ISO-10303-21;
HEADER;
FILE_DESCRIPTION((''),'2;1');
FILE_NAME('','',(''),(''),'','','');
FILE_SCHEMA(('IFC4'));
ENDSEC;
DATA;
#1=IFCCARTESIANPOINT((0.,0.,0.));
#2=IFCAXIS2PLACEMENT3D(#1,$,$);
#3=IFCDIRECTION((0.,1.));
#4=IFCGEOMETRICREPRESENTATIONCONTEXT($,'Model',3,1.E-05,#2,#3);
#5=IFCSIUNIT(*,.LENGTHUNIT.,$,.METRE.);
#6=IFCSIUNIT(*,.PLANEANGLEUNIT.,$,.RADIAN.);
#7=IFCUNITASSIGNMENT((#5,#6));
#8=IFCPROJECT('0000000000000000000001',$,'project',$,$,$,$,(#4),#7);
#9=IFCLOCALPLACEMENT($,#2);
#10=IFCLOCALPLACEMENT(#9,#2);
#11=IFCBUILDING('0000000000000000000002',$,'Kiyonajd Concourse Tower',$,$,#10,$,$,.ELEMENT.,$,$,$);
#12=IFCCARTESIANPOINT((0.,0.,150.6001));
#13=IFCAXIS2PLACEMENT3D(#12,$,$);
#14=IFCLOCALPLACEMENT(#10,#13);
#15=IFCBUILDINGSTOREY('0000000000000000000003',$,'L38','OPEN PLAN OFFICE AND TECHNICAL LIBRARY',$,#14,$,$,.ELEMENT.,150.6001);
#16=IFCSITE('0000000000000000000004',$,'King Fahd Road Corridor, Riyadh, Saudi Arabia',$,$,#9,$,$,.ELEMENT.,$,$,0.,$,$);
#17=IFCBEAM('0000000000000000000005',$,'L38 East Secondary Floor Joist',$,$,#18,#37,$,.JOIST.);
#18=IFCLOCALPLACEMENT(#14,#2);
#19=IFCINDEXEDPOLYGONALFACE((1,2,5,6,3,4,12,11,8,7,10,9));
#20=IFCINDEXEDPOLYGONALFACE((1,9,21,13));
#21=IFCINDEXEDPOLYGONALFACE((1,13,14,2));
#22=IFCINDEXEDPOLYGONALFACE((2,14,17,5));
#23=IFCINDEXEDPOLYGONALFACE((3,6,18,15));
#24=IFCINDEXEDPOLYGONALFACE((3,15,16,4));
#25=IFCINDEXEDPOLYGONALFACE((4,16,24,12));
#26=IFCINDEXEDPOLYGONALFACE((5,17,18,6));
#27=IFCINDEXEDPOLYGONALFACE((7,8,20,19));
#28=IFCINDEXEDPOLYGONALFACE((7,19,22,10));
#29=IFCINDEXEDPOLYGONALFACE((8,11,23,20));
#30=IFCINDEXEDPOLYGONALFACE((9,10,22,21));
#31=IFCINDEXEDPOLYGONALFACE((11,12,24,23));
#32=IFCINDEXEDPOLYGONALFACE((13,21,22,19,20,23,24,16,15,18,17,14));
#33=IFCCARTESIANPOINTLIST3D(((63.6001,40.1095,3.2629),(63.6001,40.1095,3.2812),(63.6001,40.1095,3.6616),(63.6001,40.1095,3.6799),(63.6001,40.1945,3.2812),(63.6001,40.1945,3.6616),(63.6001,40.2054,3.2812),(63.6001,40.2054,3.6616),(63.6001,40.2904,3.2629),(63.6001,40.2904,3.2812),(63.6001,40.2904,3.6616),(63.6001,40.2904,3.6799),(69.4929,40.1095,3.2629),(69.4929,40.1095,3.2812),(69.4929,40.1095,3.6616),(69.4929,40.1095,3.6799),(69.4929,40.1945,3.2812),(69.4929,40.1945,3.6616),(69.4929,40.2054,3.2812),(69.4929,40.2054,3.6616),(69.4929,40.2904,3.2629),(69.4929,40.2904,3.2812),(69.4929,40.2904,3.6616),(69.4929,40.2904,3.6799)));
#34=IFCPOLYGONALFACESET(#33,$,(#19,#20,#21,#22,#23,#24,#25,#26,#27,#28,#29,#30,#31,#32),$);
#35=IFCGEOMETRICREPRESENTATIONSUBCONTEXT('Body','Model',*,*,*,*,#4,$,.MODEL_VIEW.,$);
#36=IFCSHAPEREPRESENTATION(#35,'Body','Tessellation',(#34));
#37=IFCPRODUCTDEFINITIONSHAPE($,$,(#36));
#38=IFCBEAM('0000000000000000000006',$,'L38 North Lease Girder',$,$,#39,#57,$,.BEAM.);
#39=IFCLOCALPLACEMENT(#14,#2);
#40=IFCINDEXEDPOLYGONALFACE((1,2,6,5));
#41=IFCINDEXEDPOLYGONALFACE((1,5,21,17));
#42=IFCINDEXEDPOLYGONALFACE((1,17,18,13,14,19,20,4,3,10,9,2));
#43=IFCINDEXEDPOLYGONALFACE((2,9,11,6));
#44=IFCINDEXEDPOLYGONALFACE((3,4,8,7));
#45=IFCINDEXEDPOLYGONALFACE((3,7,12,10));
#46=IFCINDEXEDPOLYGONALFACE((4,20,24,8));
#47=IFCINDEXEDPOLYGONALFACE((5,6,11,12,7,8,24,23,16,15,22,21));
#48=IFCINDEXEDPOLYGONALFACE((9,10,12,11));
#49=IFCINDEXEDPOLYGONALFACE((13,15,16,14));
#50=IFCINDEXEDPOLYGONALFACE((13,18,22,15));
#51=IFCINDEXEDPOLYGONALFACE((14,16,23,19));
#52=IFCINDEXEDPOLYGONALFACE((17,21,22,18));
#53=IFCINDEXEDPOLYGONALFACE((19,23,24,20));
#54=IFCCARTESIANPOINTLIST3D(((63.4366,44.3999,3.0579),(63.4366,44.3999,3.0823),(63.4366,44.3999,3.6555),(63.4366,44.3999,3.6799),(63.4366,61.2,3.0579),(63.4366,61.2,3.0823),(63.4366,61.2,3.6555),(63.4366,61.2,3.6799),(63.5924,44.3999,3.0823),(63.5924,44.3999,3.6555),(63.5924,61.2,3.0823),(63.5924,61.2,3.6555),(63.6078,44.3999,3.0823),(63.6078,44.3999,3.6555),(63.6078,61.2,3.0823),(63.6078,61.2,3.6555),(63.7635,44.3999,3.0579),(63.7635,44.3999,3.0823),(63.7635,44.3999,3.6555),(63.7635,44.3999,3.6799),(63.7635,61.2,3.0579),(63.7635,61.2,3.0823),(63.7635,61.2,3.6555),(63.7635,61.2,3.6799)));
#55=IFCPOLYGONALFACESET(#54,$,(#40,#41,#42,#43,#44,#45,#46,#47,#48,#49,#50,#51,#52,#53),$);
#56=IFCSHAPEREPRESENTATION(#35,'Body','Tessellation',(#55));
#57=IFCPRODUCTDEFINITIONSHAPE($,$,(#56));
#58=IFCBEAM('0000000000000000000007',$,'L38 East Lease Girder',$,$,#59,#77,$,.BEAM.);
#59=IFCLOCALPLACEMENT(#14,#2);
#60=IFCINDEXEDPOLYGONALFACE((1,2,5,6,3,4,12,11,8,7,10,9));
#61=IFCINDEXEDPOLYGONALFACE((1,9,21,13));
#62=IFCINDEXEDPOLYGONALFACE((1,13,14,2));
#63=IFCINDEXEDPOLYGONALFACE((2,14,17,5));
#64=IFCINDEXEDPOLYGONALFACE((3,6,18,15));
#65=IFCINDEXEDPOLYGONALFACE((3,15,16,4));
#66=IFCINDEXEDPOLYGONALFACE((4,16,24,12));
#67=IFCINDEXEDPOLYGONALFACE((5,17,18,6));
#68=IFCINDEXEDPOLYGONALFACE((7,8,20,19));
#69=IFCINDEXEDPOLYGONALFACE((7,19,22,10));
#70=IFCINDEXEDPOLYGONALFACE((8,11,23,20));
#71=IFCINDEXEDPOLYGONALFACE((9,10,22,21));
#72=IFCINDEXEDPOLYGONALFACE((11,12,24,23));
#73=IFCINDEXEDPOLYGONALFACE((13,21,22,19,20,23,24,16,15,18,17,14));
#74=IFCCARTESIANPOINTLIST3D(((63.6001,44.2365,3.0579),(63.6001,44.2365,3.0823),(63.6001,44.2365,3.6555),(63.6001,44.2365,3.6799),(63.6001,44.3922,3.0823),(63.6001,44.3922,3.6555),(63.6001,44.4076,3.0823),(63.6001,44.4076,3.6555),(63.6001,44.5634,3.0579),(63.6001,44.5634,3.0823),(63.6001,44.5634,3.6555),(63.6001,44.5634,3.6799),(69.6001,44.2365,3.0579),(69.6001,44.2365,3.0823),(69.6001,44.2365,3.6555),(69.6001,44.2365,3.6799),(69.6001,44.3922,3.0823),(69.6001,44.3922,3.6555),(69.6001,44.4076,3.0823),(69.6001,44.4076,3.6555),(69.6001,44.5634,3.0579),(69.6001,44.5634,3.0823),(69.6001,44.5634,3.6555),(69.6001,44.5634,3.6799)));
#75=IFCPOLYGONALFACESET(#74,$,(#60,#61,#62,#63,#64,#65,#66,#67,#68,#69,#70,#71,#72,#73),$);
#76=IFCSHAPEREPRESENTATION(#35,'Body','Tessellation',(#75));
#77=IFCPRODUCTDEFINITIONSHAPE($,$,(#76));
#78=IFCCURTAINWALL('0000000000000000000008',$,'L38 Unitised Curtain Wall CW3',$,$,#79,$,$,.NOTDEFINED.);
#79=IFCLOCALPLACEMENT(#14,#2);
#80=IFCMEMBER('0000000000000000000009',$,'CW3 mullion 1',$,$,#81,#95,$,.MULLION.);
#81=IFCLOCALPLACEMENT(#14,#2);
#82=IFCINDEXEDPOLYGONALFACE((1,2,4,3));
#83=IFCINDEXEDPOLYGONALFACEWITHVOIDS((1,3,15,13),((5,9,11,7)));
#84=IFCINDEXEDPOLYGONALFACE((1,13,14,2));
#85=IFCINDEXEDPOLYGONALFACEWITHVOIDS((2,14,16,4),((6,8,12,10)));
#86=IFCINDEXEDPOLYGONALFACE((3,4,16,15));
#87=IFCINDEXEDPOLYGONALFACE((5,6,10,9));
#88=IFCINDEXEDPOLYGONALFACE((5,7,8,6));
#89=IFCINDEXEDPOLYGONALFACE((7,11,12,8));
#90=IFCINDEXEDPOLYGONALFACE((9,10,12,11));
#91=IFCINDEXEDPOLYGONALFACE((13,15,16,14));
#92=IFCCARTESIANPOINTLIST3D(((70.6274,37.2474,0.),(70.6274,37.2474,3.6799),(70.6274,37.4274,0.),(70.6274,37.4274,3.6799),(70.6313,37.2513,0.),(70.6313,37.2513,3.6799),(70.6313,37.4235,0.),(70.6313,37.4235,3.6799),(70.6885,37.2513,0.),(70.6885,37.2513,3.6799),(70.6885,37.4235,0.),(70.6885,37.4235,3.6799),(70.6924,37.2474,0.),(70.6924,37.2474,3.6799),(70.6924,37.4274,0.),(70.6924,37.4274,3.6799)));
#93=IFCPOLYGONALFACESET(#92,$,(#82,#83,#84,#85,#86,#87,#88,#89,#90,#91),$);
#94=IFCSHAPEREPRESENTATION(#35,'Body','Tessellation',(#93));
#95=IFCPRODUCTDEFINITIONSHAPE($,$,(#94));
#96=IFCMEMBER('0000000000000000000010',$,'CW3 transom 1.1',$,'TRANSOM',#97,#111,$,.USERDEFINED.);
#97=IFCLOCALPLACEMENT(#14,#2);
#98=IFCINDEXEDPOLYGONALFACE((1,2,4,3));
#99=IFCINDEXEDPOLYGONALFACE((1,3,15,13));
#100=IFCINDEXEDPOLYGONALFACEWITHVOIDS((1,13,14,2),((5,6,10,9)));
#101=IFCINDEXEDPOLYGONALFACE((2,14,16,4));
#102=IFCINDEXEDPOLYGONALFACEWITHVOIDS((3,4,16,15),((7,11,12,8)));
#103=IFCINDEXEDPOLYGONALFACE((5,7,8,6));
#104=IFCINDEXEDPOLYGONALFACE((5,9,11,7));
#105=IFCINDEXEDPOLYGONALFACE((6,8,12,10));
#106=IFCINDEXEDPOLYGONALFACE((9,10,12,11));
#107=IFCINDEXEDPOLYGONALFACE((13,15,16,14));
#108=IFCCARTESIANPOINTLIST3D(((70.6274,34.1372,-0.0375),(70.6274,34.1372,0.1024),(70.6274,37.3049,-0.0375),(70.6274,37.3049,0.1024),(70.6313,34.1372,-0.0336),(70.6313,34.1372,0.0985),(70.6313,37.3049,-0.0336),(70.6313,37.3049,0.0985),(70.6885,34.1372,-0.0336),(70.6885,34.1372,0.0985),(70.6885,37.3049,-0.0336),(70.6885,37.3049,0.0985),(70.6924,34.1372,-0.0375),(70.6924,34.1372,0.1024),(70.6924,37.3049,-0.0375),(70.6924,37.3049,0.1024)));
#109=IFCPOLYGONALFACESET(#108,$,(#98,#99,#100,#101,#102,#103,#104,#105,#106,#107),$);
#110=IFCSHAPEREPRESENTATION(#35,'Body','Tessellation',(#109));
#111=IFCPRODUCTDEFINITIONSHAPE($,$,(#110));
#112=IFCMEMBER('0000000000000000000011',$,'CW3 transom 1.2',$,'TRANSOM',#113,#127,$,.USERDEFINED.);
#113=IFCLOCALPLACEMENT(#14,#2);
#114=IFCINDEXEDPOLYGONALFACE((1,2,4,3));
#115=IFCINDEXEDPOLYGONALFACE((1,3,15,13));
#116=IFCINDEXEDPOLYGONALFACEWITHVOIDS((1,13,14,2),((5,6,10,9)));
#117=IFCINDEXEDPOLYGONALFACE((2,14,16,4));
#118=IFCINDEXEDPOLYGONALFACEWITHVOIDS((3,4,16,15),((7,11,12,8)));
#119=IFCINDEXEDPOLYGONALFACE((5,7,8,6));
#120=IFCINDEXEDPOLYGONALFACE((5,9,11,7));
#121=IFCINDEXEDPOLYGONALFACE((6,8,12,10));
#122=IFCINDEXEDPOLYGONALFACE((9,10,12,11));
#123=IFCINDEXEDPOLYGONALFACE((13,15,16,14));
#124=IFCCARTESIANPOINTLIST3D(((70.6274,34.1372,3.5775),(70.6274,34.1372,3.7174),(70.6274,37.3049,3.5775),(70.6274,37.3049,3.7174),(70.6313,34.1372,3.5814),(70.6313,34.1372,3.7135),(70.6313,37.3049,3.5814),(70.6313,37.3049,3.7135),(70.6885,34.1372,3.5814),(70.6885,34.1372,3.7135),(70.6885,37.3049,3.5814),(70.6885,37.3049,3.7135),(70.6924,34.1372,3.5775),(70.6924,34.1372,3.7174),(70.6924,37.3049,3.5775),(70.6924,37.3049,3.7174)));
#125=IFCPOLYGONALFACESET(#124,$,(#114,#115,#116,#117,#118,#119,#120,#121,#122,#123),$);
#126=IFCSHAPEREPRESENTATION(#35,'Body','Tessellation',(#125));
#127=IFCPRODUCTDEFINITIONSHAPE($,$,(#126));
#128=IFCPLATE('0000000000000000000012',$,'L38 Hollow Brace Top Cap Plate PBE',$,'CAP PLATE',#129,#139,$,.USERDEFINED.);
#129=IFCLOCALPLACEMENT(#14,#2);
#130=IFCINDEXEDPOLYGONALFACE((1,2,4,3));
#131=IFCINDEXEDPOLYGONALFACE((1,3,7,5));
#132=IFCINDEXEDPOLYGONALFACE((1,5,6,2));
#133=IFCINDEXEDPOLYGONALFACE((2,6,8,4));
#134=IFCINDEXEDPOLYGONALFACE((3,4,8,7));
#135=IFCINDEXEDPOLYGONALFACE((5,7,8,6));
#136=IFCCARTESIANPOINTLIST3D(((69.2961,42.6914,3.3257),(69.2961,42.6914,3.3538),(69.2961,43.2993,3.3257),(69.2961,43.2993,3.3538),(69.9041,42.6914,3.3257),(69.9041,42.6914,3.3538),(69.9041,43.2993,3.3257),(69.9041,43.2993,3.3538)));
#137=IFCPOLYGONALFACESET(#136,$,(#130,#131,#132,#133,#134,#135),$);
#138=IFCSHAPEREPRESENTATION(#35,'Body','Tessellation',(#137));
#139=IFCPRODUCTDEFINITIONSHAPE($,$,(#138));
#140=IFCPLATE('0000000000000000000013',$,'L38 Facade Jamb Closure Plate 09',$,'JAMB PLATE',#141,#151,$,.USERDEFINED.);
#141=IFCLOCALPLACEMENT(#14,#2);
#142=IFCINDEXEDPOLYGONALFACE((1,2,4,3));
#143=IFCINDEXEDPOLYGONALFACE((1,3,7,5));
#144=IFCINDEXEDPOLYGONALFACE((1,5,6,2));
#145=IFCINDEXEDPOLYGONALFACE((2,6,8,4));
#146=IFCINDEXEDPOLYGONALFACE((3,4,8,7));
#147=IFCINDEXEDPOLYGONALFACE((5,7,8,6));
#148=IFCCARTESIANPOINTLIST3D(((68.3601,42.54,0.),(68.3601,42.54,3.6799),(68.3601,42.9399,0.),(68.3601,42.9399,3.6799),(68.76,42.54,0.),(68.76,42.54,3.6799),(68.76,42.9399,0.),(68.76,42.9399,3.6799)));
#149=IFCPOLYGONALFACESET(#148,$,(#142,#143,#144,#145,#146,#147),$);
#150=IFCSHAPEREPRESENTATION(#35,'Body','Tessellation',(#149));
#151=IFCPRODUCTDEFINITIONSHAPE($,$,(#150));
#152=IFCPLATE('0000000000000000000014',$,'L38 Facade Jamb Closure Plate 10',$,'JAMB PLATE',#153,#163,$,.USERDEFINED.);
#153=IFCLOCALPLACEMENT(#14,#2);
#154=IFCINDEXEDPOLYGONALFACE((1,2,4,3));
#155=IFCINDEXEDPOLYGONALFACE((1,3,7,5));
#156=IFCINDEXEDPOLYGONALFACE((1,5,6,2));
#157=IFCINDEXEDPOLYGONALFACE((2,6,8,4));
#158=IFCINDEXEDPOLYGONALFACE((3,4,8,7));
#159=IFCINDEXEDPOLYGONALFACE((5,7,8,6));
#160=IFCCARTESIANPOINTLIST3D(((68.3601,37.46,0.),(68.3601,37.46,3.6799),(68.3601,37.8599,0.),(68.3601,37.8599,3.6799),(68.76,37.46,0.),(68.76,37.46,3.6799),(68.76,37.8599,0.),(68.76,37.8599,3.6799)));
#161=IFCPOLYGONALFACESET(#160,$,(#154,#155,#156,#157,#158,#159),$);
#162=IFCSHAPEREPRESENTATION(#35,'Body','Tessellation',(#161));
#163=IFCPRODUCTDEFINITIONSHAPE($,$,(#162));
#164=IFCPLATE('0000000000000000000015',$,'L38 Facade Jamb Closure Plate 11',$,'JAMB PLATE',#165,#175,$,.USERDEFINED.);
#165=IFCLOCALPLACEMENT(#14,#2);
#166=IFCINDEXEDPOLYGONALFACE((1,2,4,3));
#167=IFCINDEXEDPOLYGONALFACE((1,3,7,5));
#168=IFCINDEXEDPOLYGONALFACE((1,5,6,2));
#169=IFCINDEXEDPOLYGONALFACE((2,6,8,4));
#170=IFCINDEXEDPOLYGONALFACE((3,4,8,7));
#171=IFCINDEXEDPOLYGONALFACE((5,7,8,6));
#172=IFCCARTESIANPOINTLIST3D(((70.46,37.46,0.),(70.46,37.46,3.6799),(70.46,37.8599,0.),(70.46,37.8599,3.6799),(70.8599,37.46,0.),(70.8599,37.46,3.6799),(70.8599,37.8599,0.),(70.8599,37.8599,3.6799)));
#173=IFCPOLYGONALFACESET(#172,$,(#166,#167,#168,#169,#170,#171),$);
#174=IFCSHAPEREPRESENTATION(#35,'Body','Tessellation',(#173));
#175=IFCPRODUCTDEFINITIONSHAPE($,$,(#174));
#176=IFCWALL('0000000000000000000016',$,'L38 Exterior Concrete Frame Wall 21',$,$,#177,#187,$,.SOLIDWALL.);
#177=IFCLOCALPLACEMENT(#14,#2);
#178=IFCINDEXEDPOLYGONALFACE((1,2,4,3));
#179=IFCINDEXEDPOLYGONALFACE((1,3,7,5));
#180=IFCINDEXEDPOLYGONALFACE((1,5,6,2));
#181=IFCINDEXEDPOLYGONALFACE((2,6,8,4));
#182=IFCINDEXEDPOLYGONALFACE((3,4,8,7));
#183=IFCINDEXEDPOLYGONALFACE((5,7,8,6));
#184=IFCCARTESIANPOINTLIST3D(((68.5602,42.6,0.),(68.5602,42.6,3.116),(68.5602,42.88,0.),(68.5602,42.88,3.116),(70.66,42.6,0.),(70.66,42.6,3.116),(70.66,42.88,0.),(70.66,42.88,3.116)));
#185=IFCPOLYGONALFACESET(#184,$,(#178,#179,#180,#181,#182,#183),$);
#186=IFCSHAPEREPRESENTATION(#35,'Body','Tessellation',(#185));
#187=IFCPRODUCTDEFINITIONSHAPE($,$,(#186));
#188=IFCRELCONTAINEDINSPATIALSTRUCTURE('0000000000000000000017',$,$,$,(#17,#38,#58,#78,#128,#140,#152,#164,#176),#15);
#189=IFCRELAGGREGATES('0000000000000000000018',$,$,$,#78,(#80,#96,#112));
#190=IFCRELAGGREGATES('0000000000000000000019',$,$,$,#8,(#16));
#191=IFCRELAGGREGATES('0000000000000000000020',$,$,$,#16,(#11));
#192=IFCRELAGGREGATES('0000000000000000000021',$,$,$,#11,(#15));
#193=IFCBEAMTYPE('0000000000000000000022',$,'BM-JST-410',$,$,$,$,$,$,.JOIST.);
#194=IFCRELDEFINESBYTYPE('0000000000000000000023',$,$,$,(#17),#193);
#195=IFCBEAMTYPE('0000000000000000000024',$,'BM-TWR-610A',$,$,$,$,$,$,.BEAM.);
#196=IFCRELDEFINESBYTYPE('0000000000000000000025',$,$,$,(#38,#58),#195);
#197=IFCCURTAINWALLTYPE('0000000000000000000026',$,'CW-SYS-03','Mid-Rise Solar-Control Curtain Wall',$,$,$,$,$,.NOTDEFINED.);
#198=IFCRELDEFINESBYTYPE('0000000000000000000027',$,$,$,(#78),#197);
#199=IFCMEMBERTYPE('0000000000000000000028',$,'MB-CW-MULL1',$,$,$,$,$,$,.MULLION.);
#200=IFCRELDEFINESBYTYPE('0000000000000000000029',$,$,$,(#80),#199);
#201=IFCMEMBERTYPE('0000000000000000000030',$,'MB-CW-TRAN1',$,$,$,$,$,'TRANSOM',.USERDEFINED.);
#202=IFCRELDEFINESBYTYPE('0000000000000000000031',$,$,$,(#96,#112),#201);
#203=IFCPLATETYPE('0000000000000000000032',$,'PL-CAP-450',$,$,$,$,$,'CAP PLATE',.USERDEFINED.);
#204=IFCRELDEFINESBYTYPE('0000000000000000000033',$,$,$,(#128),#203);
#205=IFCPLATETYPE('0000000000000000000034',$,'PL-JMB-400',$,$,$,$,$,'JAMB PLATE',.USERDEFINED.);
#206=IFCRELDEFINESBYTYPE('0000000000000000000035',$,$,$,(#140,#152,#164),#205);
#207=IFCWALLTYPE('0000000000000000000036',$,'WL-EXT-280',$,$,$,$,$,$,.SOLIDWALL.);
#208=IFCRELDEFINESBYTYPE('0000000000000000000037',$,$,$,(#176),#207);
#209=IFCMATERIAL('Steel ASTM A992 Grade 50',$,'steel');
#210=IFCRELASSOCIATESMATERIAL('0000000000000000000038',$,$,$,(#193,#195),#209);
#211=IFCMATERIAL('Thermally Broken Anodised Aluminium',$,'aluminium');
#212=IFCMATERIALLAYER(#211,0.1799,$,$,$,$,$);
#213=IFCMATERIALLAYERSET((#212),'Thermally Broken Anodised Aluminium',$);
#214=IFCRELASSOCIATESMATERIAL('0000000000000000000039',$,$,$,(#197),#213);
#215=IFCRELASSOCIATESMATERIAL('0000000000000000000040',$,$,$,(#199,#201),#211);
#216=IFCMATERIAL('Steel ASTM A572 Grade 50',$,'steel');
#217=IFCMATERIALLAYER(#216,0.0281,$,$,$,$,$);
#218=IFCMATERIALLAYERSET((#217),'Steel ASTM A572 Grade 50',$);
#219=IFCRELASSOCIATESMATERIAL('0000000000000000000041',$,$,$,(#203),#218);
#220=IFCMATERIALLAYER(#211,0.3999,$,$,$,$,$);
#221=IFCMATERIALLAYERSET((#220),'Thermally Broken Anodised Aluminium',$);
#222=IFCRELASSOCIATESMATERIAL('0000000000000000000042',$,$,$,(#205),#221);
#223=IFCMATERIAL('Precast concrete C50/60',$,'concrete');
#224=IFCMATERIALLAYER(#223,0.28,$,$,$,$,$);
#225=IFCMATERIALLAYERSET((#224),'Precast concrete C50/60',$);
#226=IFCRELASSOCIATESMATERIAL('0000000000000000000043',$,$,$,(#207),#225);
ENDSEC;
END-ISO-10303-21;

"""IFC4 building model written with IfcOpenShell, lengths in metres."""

from ifc_helpers import new_model, si_unit, direction, frame, frame_2d, origin, origin_2d, place, context, subcontext, project, spatial, rectangle, hollow_rectangle, i_section, extrude, material, layer, layer_set, material_profile, profile_set, type_object, element, aggregate, save


model = new_model("IFC4")

# Units and contexts
model_context = context("Model", 3, precision=1e-05, world=origin(), true_north=direction((0.0, 1.0)))
body_context = subcontext(model_context, "Body", "Model", "MODEL_VIEW")
ifc_project = project(units=[si_unit("LENGTHUNIT", "METRE"), si_unit("PLANEANGLEUNIT", "RADIAN")], contexts=[model_context])

# Site, building, storey
site_placement = place(None, origin())
site = spatial("IfcSite", under=ifc_project, at=site_placement, Name="King Fahd Road Corridor, Riyadh, Saudi Arabia", CompositionType="ELEMENT", RefElevation=0.0)
building_placement = place(site_placement, origin())
building = spatial("IfcBuilding", under=site, at=building_placement, Name="Kiyonajd Concourse Tower", CompositionType="ELEMENT")
storey_placement = place(building_placement, frame((0.0, 0.0, 150.6001)))
storey = spatial("IfcBuildingStorey", under=building, at=storey_placement, Name="L38", Description="OPEN PLAN OFFICE AND TECHNICAL LIBRARY", CompositionType="ELEMENT", Elevation=150.6001)

# Beams
ifc_material_1 = material(Name="Steel ASTM A992 Grade 50", Category="steel")
ifc_material_profile_1 = material_profile(ifc_material_1, i_section(OverallWidth=0.1809, OverallDepth=0.417, WebThickness=0.011, FlangeThickness=0.0183, at=origin_2d()), Name="W410X85")
ifc_profile_set_1 = profile_set([ifc_material_profile_1], Name="Steel ASTM A992 Grade 50")
beam_type_1 = type_object("IfcBeamType", Name="BM-JST-410", PredefinedType="JOIST", material=ifc_profile_set_1)
beam_1_placement = place(storey_placement, frame((63.6001, 40.2, 3.4714), z_axis=(1.0, 0.0, 0.0), x_axis=(0.0, 1.0, 0.0)))
element("IfcBeam", 1, at=beam_1_placement, inside=storey, type_object=beam_type_1, Name="L38 East Secondary Floor Joist", PredefinedType="JOIST", context=body_context, shape_type="SweptSolid", body=[
    extrude(i_section(OverallWidth=0.1809, OverallDepth=0.417, WebThickness=0.011, FlangeThickness=0.0183, at=origin_2d()), origin(), (0.0, 0.0, 1.0), 5.8928),
])
ifc_material_profile_2 = material_profile(ifc_material_1, i_section(OverallWidth=0.3269, OverallDepth=0.6221, WebThickness=0.0154, FlangeThickness=0.0244, at=origin_2d()), Name="W610X195")
ifc_profile_set_2 = profile_set([ifc_material_profile_2], Name="Steel ASTM A992 Grade 50")
beam_type_2 = type_object("IfcBeamType", Name="BM-TWR-610A", PredefinedType="BEAM", material=ifc_profile_set_2)
beam_2_placement = place(storey_placement, frame((63.6001, 44.3999, 3.3689), z_axis=(0.0, 1.0, 0.0), x_axis=(-1.0, 0.0, 0.0)))
element("IfcBeam", 2, at=beam_2_placement, inside=storey, type_object=beam_type_2, Name="L38 North Lease Girder", PredefinedType="BEAM", context=body_context, shape_type="SweptSolid", body=[
    extrude(i_section(OverallWidth=0.3269, OverallDepth=0.6221, WebThickness=0.0154, FlangeThickness=0.0244, at=origin_2d()), origin(), (0.0, 0.0, 1.0), 16.8),
])
beam_3_placement = place(storey_placement, frame((63.6001, 44.3999, 3.3689), z_axis=(1.0, 0.0, 0.0), x_axis=(0.0, 1.0, 0.0)))
element("IfcBeam", 3, at=beam_3_placement, inside=storey, type_object=beam_type_2, Name="L38 East Lease Girder", PredefinedType="BEAM", context=body_context, shape_type="SweptSolid", body=[
    extrude(i_section(OverallWidth=0.3269, OverallDepth=0.6221, WebThickness=0.0154, FlangeThickness=0.0244, at=origin_2d()), origin(), (0.0, 0.0, 1.0), 6.0),
])

# Curtain wall, members
ifc_material_2 = material(Name="Thermally Broken Anodised Aluminium", Category="aluminium")
ifc_layer_1 = layer(ifc_material_2, 0.1799)
ifc_layer_set_1 = layer_set([ifc_layer_1], Name="Thermally Broken Anodised Aluminium")
curtain_wall_type = type_object("IfcCurtainWallType", Name="CW-SYS-03", Description="Mid-Rise Solar-Control Curtain Wall", PredefinedType="NOTDEFINED", material=ifc_layer_set_1)
curtain_wall_placement = place(storey_placement, origin())
curtain_wall = element("IfcCurtainWall", 4, at=curtain_wall_placement, inside=storey, type_object=curtain_wall_type, Name="L38 Unitised Curtain Wall CW3", PredefinedType="NOTDEFINED")
ifc_material_profile_3 = material_profile(ifc_material_2, hollow_rectangle(XDim=0.0649, YDim=0.1799, WallThickness=0.0039, at=origin_2d()), Name="MULL-65x180")
ifc_profile_set_3 = profile_set([ifc_material_profile_3], Name="Thermally Broken Anodised Aluminium")
member_type_1 = type_object("IfcMemberType", Name="MB-CW-MULL1", PredefinedType="MULLION", material=ifc_profile_set_3)
member_1_placement = place(storey_placement, frame((70.6599, 37.3374, 0.0), z_axis=(0.0, 0.0, 1.0), x_axis=(1.0, 0.0, 0.0)))
member_1 = element("IfcMember", 5, at=member_1_placement, type_object=member_type_1, Name="CW3 mullion 1", PredefinedType="MULLION", context=body_context, shape_type="SweptSolid", body=[
    extrude(hollow_rectangle(XDim=0.0649, YDim=0.1799, WallThickness=0.0039, at=origin_2d()), origin(), (0.0, 0.0, 1.0), 3.6799),
])
ifc_material_profile_4 = material_profile(ifc_material_2, hollow_rectangle(XDim=0.0649, YDim=0.1399, WallThickness=0.0039, at=origin_2d()), Name="TRAN-65x140")
ifc_profile_set_4 = profile_set([ifc_material_profile_4], Name="Thermally Broken Anodised Aluminium")
member_type_2 = type_object("IfcMemberType", Name="MB-CW-TRAN1", ElementType="TRANSOM", PredefinedType="USERDEFINED", material=ifc_profile_set_4)
member_2_placement = place(storey_placement, frame((70.6599, 37.3049, 0.0325), z_axis=(0.0, -1.0, 0.0), x_axis=(1.0, 0.0, 0.0)))
member_2 = element("IfcMember", 6, at=member_2_placement, type_object=member_type_2, Name="CW3 transom 1.1", ObjectType="TRANSOM", PredefinedType="USERDEFINED", context=body_context, shape_type="SweptSolid", body=[
    extrude(hollow_rectangle(XDim=0.0649, YDim=0.1399, WallThickness=0.0039, at=origin_2d()), origin(), (0.0, 0.0, 1.0), 3.1677),
])
member_3_placement = place(storey_placement, frame((70.6599, 37.3049, 3.6475), z_axis=(0.0, -1.0, 0.0), x_axis=(1.0, 0.0, 0.0)))
member_3 = element("IfcMember", 7, at=member_3_placement, type_object=member_type_2, Name="CW3 transom 1.2", ObjectType="TRANSOM", PredefinedType="USERDEFINED", context=body_context, shape_type="SweptSolid", body=[
    extrude(hollow_rectangle(XDim=0.0649, YDim=0.1399, WallThickness=0.0039, at=origin_2d()), origin(), (0.0, 0.0, 1.0), 3.1677),
])
aggregate(curtain_wall, [member_1, member_2, member_3])

# Plates
ifc_material_3 = material(Name="Steel ASTM A572 Grade 50", Category="steel")
ifc_layer_2 = layer(ifc_material_3, 0.0281)
ifc_layer_set_2 = layer_set([ifc_layer_2], Name="Steel ASTM A572 Grade 50")
plate_type_1 = type_object("IfcPlateType", Name="PL-CAP-450", ElementType="CAP PLATE", PredefinedType="USERDEFINED", material=ifc_layer_set_2)
plate_placement = place(storey_placement, frame((69.6001, 42.9954, 3.3257), z_axis=(0.0, 0.0, 1.0), x_axis=(1.0, 0.0, 0.0)))
element("IfcPlate", 8, at=plate_placement, inside=storey, type_object=plate_type_1, Name="L38 Hollow Brace Top Cap Plate PBE", ObjectType="CAP PLATE", PredefinedType="USERDEFINED", context=body_context, shape_type="SweptSolid", body=[
    extrude(rectangle(XDim=0.6079, YDim=0.6079, at=origin_2d()), origin(), (0.0, 0.0, 1.0), 0.0281),
])
ifc_layer_3 = layer(ifc_material_2, 0.3999)
ifc_layer_set_3 = layer_set([ifc_layer_3], Name="Thermally Broken Anodised Aluminium")
plate_type_2 = type_object("IfcPlateType", Name="PL-JMB-400", ElementType="JAMB PLATE", PredefinedType="USERDEFINED", material=ifc_layer_set_3)
for number, where, z_axis, x_axis, name in (
    (9, (68.5601, 42.74, 0.0), (0.0, 0.0, 1.0), (1.0, 0.0, 0.0), "L38 Facade Jamb Closure Plate 09"),
    (10, (68.5601, 37.6599, 0.0), (0.0, 0.0, 1.0), (1.0, 0.0, 0.0), "L38 Facade Jamb Closure Plate 10"),
    (11, (70.6599, 37.6599, 0.0), (0.0, 0.0, 1.0), (1.0, 0.0, 0.0), "L38 Facade Jamb Closure Plate 11"),
):
    element("IfcPlate", number, at=place(storey_placement, frame(where, z_axis=z_axis, x_axis=x_axis)), inside=storey, type_object=plate_type_2, Name=name, ObjectType="JAMB PLATE", PredefinedType="USERDEFINED", context=body_context, shape_type="SweptSolid", body=[
        extrude(rectangle(XDim=0.3999, YDim=0.3999, at=origin_2d()), origin(), (0.0, 0.0, 1.0), 3.6799),
    ])

# Wall
ifc_material_4 = material(Name="Precast concrete C50/60", Category="concrete")
ifc_layer_4 = layer(ifc_material_4, 0.28)
ifc_layer_set_4 = layer_set([ifc_layer_4], Name="Precast concrete C50/60")
wall_type_1 = type_object("IfcWallType", Name="WL-EXT-280", PredefinedType="SOLIDWALL", material=ifc_layer_set_4)
for number, where, z_axis, x_axis, name in (
    (12, (70.6599, 42.74, 0.0), (0.0, 0.0, 1.0), (-1.0, 0.0, 0.0), "L38 Exterior Concrete Frame Wall 21"),
):
    element("IfcWall", number, at=place(storey_placement, frame(where, z_axis=z_axis, x_axis=x_axis)), inside=storey, type_object=wall_type_1, Name=name, PredefinedType="SOLIDWALL", context=body_context, shape_type="SweptSolid", body=[
        extrude(rectangle(XDim=2.0999, YDim=0.28, at=frame_2d((1.0498, 0.0))), origin(), (0.0, 0.0, 1.0), 3.116),
    ])

save(model, "model.ifc")
